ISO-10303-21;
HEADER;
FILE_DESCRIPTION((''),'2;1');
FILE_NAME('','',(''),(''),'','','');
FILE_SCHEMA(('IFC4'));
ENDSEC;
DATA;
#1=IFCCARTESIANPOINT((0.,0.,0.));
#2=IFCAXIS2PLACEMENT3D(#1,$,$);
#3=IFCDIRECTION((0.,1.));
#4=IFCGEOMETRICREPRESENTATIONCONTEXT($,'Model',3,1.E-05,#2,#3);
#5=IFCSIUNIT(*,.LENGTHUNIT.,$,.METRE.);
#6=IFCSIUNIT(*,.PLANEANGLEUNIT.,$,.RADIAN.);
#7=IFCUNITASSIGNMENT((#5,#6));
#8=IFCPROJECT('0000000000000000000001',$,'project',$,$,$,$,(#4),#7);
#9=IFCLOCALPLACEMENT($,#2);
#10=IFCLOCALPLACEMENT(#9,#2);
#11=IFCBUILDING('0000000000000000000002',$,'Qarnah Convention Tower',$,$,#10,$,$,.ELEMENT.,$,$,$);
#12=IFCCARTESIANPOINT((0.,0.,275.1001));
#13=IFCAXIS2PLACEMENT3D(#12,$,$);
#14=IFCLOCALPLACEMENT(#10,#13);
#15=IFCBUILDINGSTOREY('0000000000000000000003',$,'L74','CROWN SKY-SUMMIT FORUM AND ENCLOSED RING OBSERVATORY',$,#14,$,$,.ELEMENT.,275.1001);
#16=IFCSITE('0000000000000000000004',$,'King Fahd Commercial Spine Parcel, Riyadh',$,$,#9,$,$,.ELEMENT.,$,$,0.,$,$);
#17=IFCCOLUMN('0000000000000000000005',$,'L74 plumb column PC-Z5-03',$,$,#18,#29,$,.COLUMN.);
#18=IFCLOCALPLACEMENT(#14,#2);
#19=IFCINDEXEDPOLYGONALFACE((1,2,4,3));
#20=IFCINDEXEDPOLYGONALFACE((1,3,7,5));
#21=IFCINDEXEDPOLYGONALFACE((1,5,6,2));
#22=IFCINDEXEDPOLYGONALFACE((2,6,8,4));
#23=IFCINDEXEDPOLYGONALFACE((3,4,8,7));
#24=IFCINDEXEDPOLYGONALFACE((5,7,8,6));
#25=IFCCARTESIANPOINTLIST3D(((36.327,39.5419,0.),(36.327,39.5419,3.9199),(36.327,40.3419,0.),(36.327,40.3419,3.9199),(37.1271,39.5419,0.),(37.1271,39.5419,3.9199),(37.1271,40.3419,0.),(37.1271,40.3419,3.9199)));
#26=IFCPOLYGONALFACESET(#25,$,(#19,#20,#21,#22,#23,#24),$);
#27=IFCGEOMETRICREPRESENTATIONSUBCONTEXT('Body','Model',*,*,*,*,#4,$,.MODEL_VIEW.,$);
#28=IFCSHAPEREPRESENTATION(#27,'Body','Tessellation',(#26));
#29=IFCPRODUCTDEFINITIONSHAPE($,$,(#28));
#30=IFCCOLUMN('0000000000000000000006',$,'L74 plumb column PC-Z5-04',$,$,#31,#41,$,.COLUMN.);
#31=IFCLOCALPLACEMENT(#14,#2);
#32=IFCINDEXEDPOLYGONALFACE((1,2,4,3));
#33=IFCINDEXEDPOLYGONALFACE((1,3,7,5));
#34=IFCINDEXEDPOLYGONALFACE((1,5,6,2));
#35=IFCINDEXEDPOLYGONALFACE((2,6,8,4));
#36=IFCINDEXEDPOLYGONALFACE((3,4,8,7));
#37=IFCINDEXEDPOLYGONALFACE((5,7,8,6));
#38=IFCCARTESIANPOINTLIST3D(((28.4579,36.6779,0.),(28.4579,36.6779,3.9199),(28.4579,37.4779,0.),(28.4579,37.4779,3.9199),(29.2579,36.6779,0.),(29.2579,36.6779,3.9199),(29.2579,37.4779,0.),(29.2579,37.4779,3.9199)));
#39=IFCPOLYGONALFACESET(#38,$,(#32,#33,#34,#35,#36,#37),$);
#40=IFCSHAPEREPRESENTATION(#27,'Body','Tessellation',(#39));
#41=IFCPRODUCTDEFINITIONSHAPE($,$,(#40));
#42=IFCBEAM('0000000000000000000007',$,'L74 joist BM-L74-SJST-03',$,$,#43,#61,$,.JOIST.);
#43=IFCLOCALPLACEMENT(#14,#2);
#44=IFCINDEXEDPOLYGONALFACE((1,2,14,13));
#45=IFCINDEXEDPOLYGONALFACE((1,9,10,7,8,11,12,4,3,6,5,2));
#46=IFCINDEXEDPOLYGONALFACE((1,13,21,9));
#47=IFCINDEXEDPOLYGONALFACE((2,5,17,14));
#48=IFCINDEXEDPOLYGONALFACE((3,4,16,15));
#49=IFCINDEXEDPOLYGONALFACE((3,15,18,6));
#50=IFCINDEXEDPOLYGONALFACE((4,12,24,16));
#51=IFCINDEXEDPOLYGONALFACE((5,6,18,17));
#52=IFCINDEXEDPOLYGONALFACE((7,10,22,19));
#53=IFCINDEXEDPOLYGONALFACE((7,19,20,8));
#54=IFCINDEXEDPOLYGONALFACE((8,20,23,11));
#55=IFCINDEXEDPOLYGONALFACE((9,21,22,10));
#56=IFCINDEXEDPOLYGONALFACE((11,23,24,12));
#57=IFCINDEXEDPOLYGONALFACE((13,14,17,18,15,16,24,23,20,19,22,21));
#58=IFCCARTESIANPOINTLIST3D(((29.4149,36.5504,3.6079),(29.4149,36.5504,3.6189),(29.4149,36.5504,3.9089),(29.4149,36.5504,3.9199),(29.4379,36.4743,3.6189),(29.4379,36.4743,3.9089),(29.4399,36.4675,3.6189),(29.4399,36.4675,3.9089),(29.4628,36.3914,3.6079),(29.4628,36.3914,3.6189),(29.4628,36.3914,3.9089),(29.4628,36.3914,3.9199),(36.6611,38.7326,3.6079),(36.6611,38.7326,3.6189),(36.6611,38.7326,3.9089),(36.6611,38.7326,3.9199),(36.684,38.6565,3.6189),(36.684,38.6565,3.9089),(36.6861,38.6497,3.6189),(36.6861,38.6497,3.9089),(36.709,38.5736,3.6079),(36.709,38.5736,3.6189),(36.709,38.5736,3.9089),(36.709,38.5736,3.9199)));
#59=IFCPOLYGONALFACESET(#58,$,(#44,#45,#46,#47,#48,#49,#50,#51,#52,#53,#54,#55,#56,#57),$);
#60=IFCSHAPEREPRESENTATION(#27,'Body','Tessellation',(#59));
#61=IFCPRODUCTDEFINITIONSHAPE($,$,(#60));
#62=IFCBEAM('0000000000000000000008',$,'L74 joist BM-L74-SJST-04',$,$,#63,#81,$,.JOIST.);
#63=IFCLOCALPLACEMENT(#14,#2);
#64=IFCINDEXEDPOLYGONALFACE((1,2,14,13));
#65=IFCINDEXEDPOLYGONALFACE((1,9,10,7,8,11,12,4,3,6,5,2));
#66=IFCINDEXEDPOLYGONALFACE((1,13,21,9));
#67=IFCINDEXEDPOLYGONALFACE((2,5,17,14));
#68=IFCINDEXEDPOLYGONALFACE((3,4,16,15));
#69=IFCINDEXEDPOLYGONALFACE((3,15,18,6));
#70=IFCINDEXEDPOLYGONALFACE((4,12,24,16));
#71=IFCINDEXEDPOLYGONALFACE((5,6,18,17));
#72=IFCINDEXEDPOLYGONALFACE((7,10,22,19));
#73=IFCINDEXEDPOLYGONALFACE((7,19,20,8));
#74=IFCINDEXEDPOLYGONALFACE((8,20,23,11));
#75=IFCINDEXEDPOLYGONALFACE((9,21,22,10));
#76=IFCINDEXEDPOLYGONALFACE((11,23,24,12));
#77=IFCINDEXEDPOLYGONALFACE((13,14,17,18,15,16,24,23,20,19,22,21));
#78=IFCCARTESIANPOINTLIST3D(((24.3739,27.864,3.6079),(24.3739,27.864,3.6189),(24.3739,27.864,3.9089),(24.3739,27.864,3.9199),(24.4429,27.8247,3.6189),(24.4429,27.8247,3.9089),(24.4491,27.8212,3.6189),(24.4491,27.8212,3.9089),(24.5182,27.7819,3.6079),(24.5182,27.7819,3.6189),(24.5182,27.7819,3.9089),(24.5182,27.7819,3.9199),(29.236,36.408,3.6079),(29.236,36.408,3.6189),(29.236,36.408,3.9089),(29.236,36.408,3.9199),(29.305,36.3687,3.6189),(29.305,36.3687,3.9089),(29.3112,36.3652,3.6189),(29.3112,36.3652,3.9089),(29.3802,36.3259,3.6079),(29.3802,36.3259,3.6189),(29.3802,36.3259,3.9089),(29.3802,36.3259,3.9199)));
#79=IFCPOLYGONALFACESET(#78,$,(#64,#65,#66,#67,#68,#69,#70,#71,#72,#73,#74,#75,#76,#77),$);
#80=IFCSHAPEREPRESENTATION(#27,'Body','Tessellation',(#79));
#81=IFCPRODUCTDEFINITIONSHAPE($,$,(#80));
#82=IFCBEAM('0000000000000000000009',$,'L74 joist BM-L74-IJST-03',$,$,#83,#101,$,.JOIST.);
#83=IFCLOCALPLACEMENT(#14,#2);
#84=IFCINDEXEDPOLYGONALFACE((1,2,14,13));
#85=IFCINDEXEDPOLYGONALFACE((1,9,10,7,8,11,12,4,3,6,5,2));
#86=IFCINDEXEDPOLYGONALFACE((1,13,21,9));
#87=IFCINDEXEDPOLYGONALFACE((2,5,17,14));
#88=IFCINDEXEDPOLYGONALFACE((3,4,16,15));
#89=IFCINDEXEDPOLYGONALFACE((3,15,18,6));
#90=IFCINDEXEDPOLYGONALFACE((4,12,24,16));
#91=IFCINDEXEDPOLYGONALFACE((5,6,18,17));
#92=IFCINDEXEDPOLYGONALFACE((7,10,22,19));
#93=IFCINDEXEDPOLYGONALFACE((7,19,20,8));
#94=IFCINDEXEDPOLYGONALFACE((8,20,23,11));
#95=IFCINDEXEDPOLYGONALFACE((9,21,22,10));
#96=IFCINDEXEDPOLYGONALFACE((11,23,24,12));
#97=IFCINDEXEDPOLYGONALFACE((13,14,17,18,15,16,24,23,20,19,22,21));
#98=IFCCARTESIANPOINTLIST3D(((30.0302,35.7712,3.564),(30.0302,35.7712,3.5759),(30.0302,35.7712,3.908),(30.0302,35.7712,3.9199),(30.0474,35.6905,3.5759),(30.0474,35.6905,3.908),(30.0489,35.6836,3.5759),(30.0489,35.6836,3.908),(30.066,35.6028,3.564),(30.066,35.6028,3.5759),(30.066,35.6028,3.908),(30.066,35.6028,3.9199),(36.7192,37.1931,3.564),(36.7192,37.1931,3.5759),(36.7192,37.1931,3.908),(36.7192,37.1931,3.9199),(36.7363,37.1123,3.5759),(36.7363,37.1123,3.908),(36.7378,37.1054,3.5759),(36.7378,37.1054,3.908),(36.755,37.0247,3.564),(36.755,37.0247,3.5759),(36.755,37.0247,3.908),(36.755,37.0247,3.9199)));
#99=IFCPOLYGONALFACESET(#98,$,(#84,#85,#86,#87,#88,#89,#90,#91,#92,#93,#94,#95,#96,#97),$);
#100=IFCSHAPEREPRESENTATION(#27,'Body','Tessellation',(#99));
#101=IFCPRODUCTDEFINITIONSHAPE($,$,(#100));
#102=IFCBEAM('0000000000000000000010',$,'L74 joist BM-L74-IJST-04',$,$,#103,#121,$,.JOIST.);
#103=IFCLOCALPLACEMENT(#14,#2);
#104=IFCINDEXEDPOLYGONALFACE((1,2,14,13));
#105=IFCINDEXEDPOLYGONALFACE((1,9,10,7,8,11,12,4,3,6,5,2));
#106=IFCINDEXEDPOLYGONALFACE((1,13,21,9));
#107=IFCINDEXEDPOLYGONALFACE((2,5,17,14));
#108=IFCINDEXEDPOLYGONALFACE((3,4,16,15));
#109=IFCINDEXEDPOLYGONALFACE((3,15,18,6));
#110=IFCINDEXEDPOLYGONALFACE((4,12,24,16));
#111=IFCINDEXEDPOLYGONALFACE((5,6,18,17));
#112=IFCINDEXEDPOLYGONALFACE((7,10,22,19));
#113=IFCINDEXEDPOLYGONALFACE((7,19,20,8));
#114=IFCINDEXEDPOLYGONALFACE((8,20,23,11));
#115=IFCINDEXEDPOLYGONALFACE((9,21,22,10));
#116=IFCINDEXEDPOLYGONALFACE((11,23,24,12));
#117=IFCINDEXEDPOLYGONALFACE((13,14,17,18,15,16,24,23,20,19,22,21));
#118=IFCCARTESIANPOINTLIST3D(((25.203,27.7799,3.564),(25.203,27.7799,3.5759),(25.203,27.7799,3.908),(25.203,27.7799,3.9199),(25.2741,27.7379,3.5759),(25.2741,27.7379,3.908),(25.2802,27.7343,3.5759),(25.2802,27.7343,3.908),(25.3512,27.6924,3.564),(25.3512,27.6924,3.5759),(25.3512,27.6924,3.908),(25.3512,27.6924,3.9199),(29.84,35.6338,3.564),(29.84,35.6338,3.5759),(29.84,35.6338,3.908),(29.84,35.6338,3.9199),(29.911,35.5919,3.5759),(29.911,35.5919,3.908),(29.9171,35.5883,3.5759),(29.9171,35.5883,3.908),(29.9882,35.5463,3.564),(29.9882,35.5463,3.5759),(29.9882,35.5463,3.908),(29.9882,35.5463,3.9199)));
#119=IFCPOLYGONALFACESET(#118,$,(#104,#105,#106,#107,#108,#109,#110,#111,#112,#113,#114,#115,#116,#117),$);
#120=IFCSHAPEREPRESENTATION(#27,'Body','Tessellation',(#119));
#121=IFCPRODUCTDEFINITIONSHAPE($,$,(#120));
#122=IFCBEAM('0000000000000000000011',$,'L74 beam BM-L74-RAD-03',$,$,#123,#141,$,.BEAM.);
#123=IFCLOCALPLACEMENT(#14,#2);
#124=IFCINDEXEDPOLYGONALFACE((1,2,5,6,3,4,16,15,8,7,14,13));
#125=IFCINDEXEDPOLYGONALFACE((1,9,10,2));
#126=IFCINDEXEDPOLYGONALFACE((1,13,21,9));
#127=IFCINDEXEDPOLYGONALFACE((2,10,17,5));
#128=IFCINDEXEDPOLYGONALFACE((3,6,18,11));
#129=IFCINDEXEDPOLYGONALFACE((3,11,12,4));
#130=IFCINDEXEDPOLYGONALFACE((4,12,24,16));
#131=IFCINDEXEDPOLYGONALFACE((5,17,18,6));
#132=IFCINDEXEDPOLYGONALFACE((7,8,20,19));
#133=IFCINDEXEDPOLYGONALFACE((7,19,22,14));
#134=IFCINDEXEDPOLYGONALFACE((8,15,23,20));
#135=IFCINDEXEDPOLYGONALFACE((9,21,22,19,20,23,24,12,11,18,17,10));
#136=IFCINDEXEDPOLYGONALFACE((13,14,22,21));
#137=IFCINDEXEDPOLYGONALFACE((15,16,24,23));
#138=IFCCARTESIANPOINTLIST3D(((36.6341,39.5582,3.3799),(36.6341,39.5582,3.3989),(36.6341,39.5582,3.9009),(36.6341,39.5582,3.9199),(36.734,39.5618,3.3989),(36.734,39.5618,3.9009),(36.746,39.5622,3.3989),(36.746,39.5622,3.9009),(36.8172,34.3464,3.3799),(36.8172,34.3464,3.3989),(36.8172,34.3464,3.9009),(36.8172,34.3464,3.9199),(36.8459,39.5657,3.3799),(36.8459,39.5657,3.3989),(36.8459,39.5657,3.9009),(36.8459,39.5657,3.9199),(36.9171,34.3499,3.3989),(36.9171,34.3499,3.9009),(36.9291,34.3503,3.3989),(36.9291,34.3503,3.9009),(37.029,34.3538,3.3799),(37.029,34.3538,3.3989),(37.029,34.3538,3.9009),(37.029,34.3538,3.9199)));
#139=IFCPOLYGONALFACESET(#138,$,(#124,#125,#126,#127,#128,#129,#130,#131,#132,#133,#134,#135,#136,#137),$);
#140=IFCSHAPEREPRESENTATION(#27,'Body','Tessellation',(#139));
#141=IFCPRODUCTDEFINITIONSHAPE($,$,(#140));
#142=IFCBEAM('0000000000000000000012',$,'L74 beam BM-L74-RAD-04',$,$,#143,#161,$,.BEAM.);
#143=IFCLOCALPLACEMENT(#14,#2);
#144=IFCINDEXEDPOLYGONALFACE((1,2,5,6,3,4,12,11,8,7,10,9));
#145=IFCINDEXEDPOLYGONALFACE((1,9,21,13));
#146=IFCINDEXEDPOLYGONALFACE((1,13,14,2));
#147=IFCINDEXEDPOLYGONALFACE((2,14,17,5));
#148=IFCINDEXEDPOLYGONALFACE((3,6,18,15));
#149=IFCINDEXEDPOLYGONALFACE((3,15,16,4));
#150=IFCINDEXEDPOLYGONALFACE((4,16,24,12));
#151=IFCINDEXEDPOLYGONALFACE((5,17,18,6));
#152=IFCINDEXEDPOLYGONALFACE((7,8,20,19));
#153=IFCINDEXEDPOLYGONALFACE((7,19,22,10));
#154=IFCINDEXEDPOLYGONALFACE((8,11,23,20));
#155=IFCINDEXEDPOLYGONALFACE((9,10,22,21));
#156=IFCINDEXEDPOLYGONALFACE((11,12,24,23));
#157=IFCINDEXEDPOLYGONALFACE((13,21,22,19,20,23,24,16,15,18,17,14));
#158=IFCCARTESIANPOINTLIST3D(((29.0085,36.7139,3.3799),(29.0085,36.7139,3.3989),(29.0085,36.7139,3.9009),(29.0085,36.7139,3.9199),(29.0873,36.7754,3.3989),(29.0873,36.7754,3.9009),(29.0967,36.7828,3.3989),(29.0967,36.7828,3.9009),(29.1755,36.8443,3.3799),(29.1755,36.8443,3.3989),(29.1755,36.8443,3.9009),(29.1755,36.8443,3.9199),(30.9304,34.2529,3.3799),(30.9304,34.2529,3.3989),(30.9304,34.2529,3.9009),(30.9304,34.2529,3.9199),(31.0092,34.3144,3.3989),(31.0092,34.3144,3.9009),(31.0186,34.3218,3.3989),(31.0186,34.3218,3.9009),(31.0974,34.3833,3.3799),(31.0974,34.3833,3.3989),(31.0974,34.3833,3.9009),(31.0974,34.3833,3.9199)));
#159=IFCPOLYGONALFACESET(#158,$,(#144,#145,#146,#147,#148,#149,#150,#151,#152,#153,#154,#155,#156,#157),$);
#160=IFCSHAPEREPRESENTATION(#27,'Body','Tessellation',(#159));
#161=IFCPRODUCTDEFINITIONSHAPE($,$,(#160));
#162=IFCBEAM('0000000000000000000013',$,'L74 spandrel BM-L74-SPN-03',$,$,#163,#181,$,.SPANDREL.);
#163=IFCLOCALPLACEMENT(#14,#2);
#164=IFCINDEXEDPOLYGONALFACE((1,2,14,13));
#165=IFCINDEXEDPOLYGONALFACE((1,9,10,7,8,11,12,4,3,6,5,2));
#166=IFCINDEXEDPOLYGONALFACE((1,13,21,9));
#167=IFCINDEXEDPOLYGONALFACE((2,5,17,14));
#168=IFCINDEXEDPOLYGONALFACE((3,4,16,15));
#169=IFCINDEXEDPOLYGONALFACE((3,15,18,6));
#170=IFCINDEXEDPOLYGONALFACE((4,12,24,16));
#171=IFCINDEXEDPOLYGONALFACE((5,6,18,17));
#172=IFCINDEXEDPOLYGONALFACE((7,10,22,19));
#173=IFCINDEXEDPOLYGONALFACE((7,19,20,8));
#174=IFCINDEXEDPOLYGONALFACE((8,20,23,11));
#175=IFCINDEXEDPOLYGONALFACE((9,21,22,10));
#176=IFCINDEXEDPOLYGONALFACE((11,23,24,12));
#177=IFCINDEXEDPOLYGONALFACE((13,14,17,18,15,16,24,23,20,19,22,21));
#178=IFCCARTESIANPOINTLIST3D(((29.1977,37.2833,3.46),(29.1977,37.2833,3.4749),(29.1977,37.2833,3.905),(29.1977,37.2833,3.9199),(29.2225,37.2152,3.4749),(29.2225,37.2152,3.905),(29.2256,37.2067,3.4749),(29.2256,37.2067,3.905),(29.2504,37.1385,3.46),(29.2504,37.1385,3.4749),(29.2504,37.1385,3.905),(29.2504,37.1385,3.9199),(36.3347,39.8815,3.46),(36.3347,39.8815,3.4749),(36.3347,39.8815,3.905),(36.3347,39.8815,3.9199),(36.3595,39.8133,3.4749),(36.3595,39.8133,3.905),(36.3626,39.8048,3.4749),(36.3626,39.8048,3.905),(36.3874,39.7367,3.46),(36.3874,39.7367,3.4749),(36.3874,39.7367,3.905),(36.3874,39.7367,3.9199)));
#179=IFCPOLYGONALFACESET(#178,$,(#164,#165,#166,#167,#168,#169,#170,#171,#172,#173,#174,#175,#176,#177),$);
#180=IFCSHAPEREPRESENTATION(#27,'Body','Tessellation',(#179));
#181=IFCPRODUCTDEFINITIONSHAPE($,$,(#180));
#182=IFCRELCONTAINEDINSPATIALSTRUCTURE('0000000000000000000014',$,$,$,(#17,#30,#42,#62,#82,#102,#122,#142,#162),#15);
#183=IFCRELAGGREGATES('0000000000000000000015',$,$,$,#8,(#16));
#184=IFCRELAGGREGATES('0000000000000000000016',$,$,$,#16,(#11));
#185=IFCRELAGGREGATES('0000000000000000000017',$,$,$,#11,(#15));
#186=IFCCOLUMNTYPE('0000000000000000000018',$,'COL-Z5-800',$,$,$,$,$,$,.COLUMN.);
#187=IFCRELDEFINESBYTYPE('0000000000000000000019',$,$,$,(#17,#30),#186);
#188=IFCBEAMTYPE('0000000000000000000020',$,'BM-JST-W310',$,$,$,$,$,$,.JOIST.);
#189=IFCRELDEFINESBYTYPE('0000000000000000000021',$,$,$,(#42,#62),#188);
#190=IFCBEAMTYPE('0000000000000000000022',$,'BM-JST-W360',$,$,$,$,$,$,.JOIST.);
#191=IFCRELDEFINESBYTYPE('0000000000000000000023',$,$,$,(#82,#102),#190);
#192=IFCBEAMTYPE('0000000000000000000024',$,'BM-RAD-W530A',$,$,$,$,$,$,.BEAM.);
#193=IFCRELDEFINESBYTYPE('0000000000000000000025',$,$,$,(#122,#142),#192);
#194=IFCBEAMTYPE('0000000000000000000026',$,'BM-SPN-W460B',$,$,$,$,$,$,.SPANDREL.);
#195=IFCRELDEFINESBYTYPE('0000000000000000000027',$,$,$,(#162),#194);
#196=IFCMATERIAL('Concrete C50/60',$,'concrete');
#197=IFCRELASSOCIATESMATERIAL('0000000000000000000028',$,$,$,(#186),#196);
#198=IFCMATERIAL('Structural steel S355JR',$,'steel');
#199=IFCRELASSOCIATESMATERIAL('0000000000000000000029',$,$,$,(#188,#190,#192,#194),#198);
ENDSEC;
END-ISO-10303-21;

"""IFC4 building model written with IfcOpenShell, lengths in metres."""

from ifc_helpers import new_model, si_unit, direction, frame, origin, origin_2d, place, context, subcontext, project, spatial, rectangle, i_section, extrude, material, material_profile, profile_set, type_object, element, save


model = new_model("IFC4")

# Units and contexts
model_context = context("Model", 3, precision=1e-05, world=origin(), true_north=direction((0.0, 1.0)))
body_context = subcontext(model_context, "Body", "Model", "MODEL_VIEW")
ifc_project = project(units=[si_unit("LENGTHUNIT", "METRE"), si_unit("PLANEANGLEUNIT", "RADIAN")], contexts=[model_context])

# Site, building, storey
site_placement = place(None, origin())
site = spatial("IfcSite", under=ifc_project, at=site_placement, Name="King Fahd Commercial Spine Parcel, Riyadh", CompositionType="ELEMENT", RefElevation=0.0)
building_placement = place(site_placement, origin())
building = spatial("IfcBuilding", under=site, at=building_placement, Name="Qarnah Convention Tower", CompositionType="ELEMENT")
storey_placement = place(building_placement, frame((0.0, 0.0, 275.1001)))
storey = spatial("IfcBuildingStorey", under=building, at=storey_placement, Name="L74", Description="CROWN SKY-SUMMIT FORUM AND ENCLOSED RING OBSERVATORY", CompositionType="ELEMENT", Elevation=275.1001)

# Columns
ifc_material_1 = material(Name="Concrete C50/60", Category="concrete")
ifc_material_profile_1 = material_profile(ifc_material_1, rectangle(XDim=0.8, YDim=0.8, at=origin_2d()), Name="RC-COL-800X800")
ifc_profile_set_1 = profile_set([ifc_material_profile_1], Name="Concrete C50/60")
column_type = type_object("IfcColumnType", Name="COL-Z5-800", PredefinedType="COLUMN", material=ifc_profile_set_1)
for number, where, z_axis, x_axis, name in (
    (1, (36.7271, 39.9419, 0.0), (0.0, 0.0, 1.0), (1.0, 0.0, 0.0), "L74 plumb column PC-Z5-03"),
    (2, (28.8579, 37.0779, 0.0), (0.0, 0.0, 1.0), (1.0, 0.0, 0.0), "L74 plumb column PC-Z5-04"),
):
    element("IfcColumn", number, at=place(storey_placement, frame(where, z_axis=z_axis, x_axis=x_axis)), inside=storey, type_object=column_type, Name=name, PredefinedType="COLUMN", context=body_context, shape_type="SweptSolid", body=[
        extrude(rectangle(XDim=0.8, YDim=0.8, at=origin_2d()), origin(), (0.0, 0.0, 1.0), 3.9199),
    ])

# Beams
ifc_material_2 = material(Name="Structural steel S355JR", Category="steel")
ifc_material_profile_2 = material_profile(ifc_material_2, i_section(OverallWidth=0.166, OverallDepth=0.312, WebThickness=0.0071, FlangeThickness=0.011, at=origin_2d()), Name="W310X45")
ifc_profile_set_2 = profile_set([ifc_material_profile_2], Name="Structural steel S355JR")
beam_type_1 = type_object("IfcBeamType", Name="BM-JST-W310", PredefinedType="JOIST", material=ifc_profile_set_2)
beam_1_placement = place(storey_placement, frame((36.6851, 38.6531, 3.7639), z_axis=(-0.957524, -0.288354, 0.0), x_axis=(0.288354, -0.957524, 0.0)))
element("IfcBeam", 3, at=beam_1_placement, inside=storey, type_object=beam_type_1, Name="L74 joist BM-L74-SJST-03", PredefinedType="JOIST", context=body_context, shape_type="SweptSolid", body=[
    extrude(i_section(OverallWidth=0.166, OverallDepth=0.312, WebThickness=0.0071, FlangeThickness=0.011, at=origin_2d()), origin(), (0.0, 0.0, 1.0), 7.5676),
])
beam_2_placement = place(storey_placement, frame((29.3081, 36.3669, 3.7639), z_axis=(-0.49459, -0.869127, 0.0), x_axis=(0.869127, -0.49459, 0.0)))
element("IfcBeam", 4, at=beam_2_placement, inside=storey, type_object=beam_type_1, Name="L74 joist BM-L74-SJST-04", PredefinedType="JOIST", context=body_context, shape_type="SweptSolid", body=[
    extrude(i_section(OverallWidth=0.166, OverallDepth=0.312, WebThickness=0.0071, FlangeThickness=0.011, at=origin_2d()), origin(), (0.0, 0.0, 1.0), 9.8306),
])
ifc_material_profile_3 = material_profile(ifc_material_2, i_section(OverallWidth=0.1721, OverallDepth=0.356, WebThickness=0.0071, FlangeThickness=0.012, at=origin_2d()), Name="W360X51")
ifc_profile_set_3 = profile_set([ifc_material_profile_3], Name="Structural steel S355JR")
beam_type_2 = type_object("IfcBeamType", Name="BM-JST-W360", PredefinedType="JOIST", material=ifc_profile_set_3)
beam_3_placement = place(storey_placement, frame((36.7371, 37.1089, 3.7419), z_axis=(-0.978145, -0.207925, 0.0), x_axis=(0.207925, -0.978145, 0.0)))
element("IfcBeam", 5, at=beam_3_placement, inside=storey, type_object=beam_type_2, Name="L74 joist BM-L74-IJST-03", PredefinedType="JOIST", context=body_context, shape_type="SweptSolid", body=[
    extrude(i_section(OverallWidth=0.1721, OverallDepth=0.356, WebThickness=0.0071, FlangeThickness=0.012, at=origin_2d()), origin(), (0.0, 0.0, 1.0), 6.8384),
])
beam_4_placement = place(storey_placement, frame((29.9141, 35.5901, 3.7419), z_axis=(-0.508401, -0.86112, 0.0), x_axis=(0.86112, -0.508401, 0.0)))
element("IfcBeam", 6, at=beam_4_placement, inside=storey, type_object=beam_type_2, Name="L74 joist BM-L74-IJST-04", PredefinedType="JOIST", context=body_context, shape_type="SweptSolid", body=[
    extrude(i_section(OverallWidth=0.1721, OverallDepth=0.356, WebThickness=0.0071, FlangeThickness=0.012, at=origin_2d()), origin(), (0.0, 0.0, 1.0), 9.1206),
])
ifc_material_profile_4 = material_profile(ifc_material_2, i_section(OverallWidth=0.2119, OverallDepth=0.54, WebThickness=0.012, FlangeThickness=0.019, at=origin_2d()), Name="W530X109")
ifc_profile_set_4 = profile_set([ifc_material_profile_4], Name="Structural steel S355JR")
beam_type_3 = type_object("IfcBeamType", Name="BM-RAD-W530A", PredefinedType="BEAM", material=ifc_profile_set_4)
beam_5_placement = place(storey_placement, frame((36.9231, 34.3501, 3.6499), z_axis=(-0.03511, 0.999383, 0.0), x_axis=(-0.999383, -0.03511, 0.0)))
element("IfcBeam", 7, at=beam_5_placement, inside=storey, type_object=beam_type_3, Name="L74 beam BM-L74-RAD-03", PredefinedType="BEAM", context=body_context, shape_type="SweptSolid", body=[
    extrude(i_section(OverallWidth=0.2119, OverallDepth=0.54, WebThickness=0.012, FlangeThickness=0.019, at=origin_2d()), origin(), (0.0, 0.0, 1.0), 5.2151),
])
beam_6_placement = place(storey_placement, frame((31.0139, 34.3181, 3.6499), z_axis=(-0.615498, 0.788138, 0.0), x_axis=(-0.788138, -0.615498, 0.0)))
element("IfcBeam", 8, at=beam_6_placement, inside=storey, type_object=beam_type_3, Name="L74 beam BM-L74-RAD-04", PredefinedType="BEAM", context=body_context, shape_type="SweptSolid", body=[
    extrude(i_section(OverallWidth=0.2119, OverallDepth=0.54, WebThickness=0.012, FlangeThickness=0.019, at=origin_2d()), origin(), (0.0, 0.0, 1.0), 3.1226),
])
ifc_material_profile_5 = material_profile(ifc_material_2, i_section(OverallWidth=0.1541, OverallDepth=0.46, WebThickness=0.009, FlangeThickness=0.0149, at=origin_2d()), Name="W460X68")
ifc_profile_set_5 = profile_set([ifc_material_profile_5], Name="Structural steel S355JR")
beam_type_4 = type_object("IfcBeamType", Name="BM-SPN-W460B", PredefinedType="SPANDREL", material=ifc_profile_set_5)
beam_7_placement = place(storey_placement, frame((36.3611, 39.8091, 3.6899), z_axis=(-0.939671, -0.342079, 0.0), x_axis=(0.342079, -0.939671, 0.0)))
element("IfcBeam", 9, at=beam_7_placement, inside=storey, type_object=beam_type_4, Name="L74 spandrel BM-L74-SPN-03", PredefinedType="SPANDREL", context=body_context, shape_type="SweptSolid", body=[
    extrude(i_section(OverallWidth=0.1541, OverallDepth=0.46, WebThickness=0.009, FlangeThickness=0.0149, at=origin_2d()), origin(), (0.0, 0.0, 1.0), 7.5952),
])

save(model, "model.ifc")
